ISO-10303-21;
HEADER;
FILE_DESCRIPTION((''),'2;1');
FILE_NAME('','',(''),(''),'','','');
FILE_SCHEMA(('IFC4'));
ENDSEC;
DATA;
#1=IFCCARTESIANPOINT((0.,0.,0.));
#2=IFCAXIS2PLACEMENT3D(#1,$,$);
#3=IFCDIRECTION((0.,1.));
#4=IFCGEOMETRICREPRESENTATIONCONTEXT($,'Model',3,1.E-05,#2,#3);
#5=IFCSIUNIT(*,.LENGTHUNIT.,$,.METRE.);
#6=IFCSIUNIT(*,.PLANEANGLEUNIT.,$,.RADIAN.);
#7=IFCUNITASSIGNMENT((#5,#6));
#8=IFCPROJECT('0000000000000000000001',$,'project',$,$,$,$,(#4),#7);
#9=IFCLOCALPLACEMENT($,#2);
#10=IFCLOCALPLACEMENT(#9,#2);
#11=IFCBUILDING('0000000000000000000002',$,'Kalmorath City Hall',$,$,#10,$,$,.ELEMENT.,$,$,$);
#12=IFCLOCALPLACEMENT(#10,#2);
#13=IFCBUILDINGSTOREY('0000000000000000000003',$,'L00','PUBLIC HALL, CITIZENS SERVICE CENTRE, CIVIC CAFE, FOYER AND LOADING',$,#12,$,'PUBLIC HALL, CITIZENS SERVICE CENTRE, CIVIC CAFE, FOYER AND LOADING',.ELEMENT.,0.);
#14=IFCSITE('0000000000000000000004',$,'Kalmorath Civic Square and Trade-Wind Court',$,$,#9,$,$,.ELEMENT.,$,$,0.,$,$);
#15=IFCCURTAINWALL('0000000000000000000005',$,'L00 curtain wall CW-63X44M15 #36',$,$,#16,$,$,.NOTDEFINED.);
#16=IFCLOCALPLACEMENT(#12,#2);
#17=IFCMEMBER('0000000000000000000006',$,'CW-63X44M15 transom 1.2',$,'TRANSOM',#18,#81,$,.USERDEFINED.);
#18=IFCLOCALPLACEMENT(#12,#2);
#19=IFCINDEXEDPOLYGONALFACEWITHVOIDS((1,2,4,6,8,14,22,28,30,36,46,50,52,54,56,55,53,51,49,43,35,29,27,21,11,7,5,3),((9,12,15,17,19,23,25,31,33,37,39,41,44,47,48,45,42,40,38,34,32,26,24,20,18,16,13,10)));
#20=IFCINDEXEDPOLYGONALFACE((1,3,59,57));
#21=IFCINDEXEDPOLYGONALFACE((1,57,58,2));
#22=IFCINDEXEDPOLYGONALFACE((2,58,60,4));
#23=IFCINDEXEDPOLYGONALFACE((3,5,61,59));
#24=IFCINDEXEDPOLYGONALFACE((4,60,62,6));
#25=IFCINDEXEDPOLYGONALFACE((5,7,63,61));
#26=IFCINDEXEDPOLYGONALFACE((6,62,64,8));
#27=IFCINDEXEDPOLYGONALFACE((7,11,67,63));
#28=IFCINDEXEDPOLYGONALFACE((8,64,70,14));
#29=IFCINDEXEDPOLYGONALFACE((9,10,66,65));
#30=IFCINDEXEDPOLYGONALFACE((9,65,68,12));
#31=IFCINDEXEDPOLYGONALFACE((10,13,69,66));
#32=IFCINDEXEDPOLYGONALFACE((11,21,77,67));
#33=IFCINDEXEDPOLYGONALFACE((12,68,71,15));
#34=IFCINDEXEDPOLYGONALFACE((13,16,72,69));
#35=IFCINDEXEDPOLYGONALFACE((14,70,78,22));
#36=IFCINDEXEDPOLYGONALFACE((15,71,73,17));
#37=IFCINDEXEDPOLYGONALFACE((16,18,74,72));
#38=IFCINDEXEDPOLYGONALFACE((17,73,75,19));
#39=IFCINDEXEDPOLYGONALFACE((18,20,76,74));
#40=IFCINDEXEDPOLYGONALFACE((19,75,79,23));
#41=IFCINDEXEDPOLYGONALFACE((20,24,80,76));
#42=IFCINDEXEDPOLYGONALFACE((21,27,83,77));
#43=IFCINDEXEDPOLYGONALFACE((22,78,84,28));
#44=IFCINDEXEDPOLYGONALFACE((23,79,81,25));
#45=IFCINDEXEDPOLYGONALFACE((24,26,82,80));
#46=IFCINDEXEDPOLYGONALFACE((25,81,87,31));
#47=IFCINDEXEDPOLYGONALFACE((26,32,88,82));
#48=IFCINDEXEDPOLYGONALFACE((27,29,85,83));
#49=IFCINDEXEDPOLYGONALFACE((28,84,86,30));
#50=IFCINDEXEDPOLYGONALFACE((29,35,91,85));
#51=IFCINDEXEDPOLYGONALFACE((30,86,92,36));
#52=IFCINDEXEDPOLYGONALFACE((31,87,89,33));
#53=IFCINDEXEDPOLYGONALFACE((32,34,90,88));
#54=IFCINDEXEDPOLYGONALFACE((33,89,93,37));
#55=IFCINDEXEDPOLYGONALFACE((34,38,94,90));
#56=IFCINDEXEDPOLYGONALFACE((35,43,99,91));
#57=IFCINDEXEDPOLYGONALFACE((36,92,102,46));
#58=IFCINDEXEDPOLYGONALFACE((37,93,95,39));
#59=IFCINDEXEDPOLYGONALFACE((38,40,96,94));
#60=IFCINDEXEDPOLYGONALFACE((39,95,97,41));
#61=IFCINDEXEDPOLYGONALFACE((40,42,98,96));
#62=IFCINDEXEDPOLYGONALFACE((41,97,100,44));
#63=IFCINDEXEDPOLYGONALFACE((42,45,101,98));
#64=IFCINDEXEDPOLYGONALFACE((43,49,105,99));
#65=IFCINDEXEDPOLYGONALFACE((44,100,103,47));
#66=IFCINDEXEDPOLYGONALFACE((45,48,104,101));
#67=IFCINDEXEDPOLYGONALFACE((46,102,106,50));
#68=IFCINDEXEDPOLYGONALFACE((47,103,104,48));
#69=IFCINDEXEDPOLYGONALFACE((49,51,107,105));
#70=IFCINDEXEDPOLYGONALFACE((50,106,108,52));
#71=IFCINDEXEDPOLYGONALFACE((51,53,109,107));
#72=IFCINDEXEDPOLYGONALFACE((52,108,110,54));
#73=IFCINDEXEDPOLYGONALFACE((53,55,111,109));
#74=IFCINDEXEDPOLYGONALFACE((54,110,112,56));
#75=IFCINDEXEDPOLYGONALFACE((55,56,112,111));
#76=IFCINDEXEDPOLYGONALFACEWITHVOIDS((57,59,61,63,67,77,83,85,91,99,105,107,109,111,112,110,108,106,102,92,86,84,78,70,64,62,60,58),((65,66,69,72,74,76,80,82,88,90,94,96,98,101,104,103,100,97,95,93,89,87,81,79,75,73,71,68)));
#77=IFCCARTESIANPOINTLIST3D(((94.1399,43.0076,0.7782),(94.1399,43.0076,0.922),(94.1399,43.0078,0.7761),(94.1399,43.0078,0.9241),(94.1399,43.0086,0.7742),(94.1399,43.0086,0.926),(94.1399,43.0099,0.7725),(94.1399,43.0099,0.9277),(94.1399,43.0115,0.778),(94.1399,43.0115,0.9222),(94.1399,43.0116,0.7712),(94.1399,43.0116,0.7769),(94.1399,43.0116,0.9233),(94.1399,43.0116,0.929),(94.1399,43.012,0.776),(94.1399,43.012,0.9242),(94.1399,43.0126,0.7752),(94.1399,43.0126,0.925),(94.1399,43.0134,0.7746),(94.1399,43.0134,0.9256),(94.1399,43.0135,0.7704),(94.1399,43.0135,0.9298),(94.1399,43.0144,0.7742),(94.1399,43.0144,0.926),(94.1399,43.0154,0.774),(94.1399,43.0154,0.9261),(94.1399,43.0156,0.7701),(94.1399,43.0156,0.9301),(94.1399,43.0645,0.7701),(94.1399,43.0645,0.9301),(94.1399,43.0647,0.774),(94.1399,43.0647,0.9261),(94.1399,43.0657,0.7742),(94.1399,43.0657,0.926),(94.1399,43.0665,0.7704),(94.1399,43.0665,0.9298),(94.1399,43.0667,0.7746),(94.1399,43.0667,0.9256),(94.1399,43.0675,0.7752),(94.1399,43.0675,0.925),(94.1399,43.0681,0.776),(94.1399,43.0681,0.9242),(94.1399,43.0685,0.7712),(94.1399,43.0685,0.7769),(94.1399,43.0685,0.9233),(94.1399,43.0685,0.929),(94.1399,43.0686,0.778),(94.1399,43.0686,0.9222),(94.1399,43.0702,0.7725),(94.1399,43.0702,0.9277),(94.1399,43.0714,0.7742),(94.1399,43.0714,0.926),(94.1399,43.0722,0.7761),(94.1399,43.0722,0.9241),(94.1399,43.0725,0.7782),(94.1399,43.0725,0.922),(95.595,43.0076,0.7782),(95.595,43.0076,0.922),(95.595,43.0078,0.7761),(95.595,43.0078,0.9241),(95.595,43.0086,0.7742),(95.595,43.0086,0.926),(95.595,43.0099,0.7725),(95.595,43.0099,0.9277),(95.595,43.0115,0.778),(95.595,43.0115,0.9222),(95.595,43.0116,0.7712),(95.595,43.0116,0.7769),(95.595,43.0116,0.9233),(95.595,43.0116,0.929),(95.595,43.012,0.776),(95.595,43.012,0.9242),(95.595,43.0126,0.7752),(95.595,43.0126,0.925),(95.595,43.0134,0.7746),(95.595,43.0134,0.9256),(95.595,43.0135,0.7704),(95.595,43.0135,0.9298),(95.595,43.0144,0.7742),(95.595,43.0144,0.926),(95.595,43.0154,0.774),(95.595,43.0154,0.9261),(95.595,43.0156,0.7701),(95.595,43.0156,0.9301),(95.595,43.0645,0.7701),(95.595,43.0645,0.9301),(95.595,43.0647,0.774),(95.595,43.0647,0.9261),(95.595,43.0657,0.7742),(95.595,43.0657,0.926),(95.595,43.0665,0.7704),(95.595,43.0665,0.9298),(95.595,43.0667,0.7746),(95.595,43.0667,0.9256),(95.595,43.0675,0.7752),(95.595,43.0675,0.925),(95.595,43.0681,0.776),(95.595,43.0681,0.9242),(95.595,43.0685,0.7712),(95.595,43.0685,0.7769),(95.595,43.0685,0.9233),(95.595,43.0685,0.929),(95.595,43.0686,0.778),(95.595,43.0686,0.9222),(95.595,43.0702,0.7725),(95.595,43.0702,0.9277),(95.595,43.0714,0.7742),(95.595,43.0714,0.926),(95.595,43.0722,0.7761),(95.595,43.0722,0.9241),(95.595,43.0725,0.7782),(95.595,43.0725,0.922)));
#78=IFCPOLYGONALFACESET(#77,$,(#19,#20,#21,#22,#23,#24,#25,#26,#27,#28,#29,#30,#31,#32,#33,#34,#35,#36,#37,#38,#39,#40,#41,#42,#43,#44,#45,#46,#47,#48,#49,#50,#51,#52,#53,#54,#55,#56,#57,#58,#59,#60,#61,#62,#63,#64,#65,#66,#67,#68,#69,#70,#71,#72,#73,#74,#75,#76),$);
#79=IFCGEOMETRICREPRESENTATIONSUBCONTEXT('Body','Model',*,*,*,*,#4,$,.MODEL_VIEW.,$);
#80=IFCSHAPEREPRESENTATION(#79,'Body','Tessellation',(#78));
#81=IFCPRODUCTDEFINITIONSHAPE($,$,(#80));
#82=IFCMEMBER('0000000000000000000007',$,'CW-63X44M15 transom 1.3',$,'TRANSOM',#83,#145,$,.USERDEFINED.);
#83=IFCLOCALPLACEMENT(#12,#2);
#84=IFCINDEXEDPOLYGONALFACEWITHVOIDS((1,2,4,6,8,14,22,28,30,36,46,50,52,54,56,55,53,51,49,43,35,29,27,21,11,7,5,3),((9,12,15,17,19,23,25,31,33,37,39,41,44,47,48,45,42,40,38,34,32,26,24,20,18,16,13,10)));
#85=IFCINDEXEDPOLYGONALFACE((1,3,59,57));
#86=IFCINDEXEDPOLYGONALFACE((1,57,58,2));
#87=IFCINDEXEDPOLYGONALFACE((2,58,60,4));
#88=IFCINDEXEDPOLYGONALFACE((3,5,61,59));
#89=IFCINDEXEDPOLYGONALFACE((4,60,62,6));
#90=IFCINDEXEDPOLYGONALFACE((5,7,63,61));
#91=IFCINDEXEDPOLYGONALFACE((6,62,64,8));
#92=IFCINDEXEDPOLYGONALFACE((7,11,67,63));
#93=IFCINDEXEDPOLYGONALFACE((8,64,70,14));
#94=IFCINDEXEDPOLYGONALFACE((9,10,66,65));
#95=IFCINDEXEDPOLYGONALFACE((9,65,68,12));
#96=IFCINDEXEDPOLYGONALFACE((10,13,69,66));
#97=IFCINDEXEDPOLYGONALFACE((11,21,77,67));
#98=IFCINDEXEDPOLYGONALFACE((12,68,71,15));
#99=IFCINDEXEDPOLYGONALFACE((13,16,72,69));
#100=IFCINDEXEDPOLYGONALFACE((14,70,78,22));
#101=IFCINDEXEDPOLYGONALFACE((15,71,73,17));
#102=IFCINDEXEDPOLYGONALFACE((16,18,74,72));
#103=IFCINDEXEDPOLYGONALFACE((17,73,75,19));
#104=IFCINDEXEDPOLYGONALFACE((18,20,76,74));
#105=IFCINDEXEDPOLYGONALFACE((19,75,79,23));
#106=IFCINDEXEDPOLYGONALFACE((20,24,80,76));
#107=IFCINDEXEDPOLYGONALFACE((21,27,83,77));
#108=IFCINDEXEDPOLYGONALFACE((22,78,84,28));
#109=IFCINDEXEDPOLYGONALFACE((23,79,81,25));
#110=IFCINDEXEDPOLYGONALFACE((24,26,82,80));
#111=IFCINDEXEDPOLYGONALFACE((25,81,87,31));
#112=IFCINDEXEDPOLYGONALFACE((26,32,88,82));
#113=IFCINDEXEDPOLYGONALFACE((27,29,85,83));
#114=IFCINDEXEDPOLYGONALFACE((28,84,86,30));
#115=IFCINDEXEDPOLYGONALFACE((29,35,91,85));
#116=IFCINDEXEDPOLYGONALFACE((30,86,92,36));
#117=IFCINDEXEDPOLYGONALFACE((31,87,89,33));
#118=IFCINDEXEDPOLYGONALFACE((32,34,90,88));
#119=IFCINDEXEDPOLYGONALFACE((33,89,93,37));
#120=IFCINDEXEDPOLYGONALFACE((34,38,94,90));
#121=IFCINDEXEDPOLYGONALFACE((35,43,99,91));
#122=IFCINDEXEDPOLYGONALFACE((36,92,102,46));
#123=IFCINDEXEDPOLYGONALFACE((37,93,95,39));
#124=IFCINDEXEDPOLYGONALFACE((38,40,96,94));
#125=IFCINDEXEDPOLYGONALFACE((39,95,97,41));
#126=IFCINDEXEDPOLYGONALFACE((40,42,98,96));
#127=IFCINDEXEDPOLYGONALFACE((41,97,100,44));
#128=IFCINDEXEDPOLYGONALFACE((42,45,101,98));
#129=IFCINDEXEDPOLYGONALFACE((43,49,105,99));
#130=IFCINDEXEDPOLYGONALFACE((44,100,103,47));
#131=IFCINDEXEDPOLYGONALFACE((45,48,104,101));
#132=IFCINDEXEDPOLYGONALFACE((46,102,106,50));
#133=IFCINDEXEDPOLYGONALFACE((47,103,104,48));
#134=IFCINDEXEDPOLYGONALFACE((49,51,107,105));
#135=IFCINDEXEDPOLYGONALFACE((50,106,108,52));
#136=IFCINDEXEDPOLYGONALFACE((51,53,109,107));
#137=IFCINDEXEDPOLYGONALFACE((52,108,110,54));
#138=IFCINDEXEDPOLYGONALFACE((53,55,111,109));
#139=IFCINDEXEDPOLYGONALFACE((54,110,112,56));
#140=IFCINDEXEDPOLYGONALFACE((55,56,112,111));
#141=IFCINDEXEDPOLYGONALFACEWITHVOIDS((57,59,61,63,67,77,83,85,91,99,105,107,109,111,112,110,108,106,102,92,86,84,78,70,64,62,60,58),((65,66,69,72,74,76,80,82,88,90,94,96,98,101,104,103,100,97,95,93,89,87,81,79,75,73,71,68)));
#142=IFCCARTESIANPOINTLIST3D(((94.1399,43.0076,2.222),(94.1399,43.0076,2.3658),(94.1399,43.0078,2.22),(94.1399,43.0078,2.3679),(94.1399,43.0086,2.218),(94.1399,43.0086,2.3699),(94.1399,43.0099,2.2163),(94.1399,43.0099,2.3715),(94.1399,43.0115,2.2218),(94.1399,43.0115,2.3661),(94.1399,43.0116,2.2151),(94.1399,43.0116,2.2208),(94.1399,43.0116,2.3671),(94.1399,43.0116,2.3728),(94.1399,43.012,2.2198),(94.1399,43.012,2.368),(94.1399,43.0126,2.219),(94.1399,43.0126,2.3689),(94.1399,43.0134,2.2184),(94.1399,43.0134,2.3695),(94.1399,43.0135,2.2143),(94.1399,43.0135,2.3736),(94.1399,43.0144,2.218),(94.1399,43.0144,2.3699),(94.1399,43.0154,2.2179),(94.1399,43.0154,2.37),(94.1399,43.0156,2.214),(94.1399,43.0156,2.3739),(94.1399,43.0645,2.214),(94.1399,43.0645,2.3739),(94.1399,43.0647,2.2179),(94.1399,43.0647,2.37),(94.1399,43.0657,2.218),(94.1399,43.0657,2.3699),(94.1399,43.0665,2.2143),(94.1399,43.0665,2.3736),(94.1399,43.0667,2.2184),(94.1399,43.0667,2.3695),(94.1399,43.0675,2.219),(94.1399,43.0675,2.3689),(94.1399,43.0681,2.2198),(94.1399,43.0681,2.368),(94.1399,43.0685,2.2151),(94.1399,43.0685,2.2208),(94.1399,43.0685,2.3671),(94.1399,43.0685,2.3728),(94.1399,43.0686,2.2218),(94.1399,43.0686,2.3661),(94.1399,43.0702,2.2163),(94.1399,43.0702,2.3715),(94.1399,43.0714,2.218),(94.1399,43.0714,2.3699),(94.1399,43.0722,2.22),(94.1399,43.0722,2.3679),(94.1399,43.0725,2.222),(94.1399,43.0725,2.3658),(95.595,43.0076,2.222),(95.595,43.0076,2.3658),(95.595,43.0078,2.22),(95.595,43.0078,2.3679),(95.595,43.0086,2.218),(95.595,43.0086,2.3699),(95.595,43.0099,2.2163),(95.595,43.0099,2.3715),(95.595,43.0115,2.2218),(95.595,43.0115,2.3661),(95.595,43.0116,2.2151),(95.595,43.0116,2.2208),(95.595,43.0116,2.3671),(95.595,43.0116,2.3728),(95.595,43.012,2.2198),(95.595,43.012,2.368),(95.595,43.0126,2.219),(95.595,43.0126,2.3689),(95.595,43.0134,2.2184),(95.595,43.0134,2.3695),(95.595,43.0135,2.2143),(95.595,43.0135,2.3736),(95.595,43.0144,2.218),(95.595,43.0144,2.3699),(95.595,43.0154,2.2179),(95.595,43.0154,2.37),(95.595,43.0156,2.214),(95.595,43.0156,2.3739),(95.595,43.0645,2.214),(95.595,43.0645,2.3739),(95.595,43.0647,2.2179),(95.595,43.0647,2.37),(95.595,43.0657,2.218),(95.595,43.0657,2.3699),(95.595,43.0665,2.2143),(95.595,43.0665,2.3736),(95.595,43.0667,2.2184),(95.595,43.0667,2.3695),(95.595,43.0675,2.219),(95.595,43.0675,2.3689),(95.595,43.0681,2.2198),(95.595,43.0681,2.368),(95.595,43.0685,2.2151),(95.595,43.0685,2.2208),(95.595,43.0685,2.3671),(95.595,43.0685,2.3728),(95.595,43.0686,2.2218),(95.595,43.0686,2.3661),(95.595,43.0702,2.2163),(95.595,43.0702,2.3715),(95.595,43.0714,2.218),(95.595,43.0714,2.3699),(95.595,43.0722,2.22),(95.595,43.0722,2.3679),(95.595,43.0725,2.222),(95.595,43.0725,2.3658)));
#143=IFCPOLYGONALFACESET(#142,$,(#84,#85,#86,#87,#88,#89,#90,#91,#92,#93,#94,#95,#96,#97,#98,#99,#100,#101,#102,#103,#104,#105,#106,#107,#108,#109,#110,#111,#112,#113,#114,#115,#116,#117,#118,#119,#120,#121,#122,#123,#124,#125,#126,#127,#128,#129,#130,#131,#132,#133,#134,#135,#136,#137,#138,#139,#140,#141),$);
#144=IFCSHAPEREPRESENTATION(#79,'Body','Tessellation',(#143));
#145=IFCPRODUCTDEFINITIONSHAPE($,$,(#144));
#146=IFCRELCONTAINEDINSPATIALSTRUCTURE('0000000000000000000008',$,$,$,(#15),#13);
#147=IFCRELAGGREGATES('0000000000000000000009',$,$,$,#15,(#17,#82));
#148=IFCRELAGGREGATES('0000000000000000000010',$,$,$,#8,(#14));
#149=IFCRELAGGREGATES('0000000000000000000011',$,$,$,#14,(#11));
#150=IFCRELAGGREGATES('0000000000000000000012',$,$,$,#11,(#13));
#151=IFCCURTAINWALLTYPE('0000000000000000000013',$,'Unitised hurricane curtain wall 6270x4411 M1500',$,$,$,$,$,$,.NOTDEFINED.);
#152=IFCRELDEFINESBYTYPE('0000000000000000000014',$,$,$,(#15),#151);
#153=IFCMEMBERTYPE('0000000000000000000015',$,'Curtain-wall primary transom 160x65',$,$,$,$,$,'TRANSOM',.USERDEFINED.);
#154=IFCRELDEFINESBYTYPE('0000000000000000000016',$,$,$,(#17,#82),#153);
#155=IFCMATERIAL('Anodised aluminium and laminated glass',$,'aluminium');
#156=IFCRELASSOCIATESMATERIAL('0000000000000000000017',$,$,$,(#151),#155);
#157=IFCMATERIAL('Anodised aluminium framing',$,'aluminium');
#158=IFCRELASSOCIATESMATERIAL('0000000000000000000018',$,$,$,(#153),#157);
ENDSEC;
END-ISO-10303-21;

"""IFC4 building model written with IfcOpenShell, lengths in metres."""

from ifc_helpers import new_model, si_unit, direction, frame, origin, origin_2d, place, context, subcontext, project, spatial, hollow_rectangle, extrude, material, material_profile, profile_set, type_object, element, aggregate, save


model = new_model("IFC4")

# Units and contexts
model_context = context("Model", 3, precision=1e-05, world=origin(), true_north=direction((0.0, 1.0)))
body_context = subcontext(model_context, "Body", "Model", "MODEL_VIEW")
ifc_project = project(units=[si_unit("LENGTHUNIT", "METRE"), si_unit("PLANEANGLEUNIT", "RADIAN")], contexts=[model_context])

# Site, building, storey
site_placement = place(None, origin())
site = spatial("IfcSite", under=ifc_project, at=site_placement, Name="Kalmorath Civic Square and Trade-Wind Court", CompositionType="ELEMENT", RefElevation=0.0)
building_placement = place(site_placement, origin())
building = spatial("IfcBuilding", under=site, at=building_placement, Name="Kalmorath City Hall", CompositionType="ELEMENT")
storey_placement = place(building_placement, origin())
storey = spatial("IfcBuildingStorey", under=building, at=storey_placement, Name="L00", Description="PUBLIC HALL, CITIZENS SERVICE CENTRE, CIVIC CAFE, FOYER AND LOADING", LongName="PUBLIC HALL, CITIZENS SERVICE CENTRE, CIVIC CAFE, FOYER AND LOADING", CompositionType="ELEMENT", Elevation=0.0)

# Curtain wall, members
ifc_material_1 = material(Name="Anodised aluminium and laminated glass", Category="aluminium")
curtain_wall_type = type_object("IfcCurtainWallType", Name="Unitised hurricane curtain wall 6270x4411 M1500", PredefinedType="NOTDEFINED", material=ifc_material_1)
curtain_wall_placement = place(storey_placement, origin())
curtain_wall = element("IfcCurtainWall", 1, at=curtain_wall_placement, inside=storey, type_object=curtain_wall_type, Name="L00 curtain wall CW-63X44M15 #36", PredefinedType="NOTDEFINED")
ifc_material_2 = material(Name="Anodised aluminium framing", Category="aluminium")
ifc_material_profile_1 = material_profile(ifc_material_2, hollow_rectangle(XDim=0.0649, YDim=0.1599, WallThickness=0.0039, InnerFilletRadius=0.0039, OuterFilletRadius=0.0081, at=origin_2d()), Name="ALU-TRN-160X65X4")
ifc_profile_set_1 = profile_set([ifc_material_profile_1], Name="Anodised aluminium framing")
member_type_1 = type_object("IfcMemberType", Name="Curtain-wall primary transom 160x65", ElementType="TRANSOM", PredefinedType="USERDEFINED", material=ifc_profile_set_1)
member_1_placement = place(storey_placement, frame((94.1399, 43.04, 0.8501), z_axis=(1.0, 0.0, 0.0), x_axis=(0.0, 1.0, 0.0)))
member_1 = element("IfcMember", 2, at=member_1_placement, type_object=member_type_1, Name="CW-63X44M15 transom 1.2", ObjectType="TRANSOM", PredefinedType="USERDEFINED", context=body_context, shape_type="SweptSolid", body=[
    extrude(hollow_rectangle(XDim=0.0649, YDim=0.1599, WallThickness=0.0039, InnerFilletRadius=0.0039, OuterFilletRadius=0.0081, at=origin_2d()), origin(), (0.0, 0.0, 1.0), 1.4551),
])
member_2_placement = place(storey_placement, frame((94.1399, 43.04, 2.2939), z_axis=(1.0, 0.0, 0.0), x_axis=(0.0, 1.0, 0.0)))
member_2 = element("IfcMember", 3, at=member_2_placement, type_object=member_type_1, Name="CW-63X44M15 transom 1.3", ObjectType="TRANSOM", PredefinedType="USERDEFINED", context=body_context, shape_type="SweptSolid", body=[
    extrude(hollow_rectangle(XDim=0.0649, YDim=0.1599, WallThickness=0.0039, InnerFilletRadius=0.0039, OuterFilletRadius=0.0081, at=origin_2d()), origin(), (0.0, 0.0, 1.0), 1.4551),
])
aggregate(curtain_wall, [member_1, member_2])

save(model, "model.ifc")
